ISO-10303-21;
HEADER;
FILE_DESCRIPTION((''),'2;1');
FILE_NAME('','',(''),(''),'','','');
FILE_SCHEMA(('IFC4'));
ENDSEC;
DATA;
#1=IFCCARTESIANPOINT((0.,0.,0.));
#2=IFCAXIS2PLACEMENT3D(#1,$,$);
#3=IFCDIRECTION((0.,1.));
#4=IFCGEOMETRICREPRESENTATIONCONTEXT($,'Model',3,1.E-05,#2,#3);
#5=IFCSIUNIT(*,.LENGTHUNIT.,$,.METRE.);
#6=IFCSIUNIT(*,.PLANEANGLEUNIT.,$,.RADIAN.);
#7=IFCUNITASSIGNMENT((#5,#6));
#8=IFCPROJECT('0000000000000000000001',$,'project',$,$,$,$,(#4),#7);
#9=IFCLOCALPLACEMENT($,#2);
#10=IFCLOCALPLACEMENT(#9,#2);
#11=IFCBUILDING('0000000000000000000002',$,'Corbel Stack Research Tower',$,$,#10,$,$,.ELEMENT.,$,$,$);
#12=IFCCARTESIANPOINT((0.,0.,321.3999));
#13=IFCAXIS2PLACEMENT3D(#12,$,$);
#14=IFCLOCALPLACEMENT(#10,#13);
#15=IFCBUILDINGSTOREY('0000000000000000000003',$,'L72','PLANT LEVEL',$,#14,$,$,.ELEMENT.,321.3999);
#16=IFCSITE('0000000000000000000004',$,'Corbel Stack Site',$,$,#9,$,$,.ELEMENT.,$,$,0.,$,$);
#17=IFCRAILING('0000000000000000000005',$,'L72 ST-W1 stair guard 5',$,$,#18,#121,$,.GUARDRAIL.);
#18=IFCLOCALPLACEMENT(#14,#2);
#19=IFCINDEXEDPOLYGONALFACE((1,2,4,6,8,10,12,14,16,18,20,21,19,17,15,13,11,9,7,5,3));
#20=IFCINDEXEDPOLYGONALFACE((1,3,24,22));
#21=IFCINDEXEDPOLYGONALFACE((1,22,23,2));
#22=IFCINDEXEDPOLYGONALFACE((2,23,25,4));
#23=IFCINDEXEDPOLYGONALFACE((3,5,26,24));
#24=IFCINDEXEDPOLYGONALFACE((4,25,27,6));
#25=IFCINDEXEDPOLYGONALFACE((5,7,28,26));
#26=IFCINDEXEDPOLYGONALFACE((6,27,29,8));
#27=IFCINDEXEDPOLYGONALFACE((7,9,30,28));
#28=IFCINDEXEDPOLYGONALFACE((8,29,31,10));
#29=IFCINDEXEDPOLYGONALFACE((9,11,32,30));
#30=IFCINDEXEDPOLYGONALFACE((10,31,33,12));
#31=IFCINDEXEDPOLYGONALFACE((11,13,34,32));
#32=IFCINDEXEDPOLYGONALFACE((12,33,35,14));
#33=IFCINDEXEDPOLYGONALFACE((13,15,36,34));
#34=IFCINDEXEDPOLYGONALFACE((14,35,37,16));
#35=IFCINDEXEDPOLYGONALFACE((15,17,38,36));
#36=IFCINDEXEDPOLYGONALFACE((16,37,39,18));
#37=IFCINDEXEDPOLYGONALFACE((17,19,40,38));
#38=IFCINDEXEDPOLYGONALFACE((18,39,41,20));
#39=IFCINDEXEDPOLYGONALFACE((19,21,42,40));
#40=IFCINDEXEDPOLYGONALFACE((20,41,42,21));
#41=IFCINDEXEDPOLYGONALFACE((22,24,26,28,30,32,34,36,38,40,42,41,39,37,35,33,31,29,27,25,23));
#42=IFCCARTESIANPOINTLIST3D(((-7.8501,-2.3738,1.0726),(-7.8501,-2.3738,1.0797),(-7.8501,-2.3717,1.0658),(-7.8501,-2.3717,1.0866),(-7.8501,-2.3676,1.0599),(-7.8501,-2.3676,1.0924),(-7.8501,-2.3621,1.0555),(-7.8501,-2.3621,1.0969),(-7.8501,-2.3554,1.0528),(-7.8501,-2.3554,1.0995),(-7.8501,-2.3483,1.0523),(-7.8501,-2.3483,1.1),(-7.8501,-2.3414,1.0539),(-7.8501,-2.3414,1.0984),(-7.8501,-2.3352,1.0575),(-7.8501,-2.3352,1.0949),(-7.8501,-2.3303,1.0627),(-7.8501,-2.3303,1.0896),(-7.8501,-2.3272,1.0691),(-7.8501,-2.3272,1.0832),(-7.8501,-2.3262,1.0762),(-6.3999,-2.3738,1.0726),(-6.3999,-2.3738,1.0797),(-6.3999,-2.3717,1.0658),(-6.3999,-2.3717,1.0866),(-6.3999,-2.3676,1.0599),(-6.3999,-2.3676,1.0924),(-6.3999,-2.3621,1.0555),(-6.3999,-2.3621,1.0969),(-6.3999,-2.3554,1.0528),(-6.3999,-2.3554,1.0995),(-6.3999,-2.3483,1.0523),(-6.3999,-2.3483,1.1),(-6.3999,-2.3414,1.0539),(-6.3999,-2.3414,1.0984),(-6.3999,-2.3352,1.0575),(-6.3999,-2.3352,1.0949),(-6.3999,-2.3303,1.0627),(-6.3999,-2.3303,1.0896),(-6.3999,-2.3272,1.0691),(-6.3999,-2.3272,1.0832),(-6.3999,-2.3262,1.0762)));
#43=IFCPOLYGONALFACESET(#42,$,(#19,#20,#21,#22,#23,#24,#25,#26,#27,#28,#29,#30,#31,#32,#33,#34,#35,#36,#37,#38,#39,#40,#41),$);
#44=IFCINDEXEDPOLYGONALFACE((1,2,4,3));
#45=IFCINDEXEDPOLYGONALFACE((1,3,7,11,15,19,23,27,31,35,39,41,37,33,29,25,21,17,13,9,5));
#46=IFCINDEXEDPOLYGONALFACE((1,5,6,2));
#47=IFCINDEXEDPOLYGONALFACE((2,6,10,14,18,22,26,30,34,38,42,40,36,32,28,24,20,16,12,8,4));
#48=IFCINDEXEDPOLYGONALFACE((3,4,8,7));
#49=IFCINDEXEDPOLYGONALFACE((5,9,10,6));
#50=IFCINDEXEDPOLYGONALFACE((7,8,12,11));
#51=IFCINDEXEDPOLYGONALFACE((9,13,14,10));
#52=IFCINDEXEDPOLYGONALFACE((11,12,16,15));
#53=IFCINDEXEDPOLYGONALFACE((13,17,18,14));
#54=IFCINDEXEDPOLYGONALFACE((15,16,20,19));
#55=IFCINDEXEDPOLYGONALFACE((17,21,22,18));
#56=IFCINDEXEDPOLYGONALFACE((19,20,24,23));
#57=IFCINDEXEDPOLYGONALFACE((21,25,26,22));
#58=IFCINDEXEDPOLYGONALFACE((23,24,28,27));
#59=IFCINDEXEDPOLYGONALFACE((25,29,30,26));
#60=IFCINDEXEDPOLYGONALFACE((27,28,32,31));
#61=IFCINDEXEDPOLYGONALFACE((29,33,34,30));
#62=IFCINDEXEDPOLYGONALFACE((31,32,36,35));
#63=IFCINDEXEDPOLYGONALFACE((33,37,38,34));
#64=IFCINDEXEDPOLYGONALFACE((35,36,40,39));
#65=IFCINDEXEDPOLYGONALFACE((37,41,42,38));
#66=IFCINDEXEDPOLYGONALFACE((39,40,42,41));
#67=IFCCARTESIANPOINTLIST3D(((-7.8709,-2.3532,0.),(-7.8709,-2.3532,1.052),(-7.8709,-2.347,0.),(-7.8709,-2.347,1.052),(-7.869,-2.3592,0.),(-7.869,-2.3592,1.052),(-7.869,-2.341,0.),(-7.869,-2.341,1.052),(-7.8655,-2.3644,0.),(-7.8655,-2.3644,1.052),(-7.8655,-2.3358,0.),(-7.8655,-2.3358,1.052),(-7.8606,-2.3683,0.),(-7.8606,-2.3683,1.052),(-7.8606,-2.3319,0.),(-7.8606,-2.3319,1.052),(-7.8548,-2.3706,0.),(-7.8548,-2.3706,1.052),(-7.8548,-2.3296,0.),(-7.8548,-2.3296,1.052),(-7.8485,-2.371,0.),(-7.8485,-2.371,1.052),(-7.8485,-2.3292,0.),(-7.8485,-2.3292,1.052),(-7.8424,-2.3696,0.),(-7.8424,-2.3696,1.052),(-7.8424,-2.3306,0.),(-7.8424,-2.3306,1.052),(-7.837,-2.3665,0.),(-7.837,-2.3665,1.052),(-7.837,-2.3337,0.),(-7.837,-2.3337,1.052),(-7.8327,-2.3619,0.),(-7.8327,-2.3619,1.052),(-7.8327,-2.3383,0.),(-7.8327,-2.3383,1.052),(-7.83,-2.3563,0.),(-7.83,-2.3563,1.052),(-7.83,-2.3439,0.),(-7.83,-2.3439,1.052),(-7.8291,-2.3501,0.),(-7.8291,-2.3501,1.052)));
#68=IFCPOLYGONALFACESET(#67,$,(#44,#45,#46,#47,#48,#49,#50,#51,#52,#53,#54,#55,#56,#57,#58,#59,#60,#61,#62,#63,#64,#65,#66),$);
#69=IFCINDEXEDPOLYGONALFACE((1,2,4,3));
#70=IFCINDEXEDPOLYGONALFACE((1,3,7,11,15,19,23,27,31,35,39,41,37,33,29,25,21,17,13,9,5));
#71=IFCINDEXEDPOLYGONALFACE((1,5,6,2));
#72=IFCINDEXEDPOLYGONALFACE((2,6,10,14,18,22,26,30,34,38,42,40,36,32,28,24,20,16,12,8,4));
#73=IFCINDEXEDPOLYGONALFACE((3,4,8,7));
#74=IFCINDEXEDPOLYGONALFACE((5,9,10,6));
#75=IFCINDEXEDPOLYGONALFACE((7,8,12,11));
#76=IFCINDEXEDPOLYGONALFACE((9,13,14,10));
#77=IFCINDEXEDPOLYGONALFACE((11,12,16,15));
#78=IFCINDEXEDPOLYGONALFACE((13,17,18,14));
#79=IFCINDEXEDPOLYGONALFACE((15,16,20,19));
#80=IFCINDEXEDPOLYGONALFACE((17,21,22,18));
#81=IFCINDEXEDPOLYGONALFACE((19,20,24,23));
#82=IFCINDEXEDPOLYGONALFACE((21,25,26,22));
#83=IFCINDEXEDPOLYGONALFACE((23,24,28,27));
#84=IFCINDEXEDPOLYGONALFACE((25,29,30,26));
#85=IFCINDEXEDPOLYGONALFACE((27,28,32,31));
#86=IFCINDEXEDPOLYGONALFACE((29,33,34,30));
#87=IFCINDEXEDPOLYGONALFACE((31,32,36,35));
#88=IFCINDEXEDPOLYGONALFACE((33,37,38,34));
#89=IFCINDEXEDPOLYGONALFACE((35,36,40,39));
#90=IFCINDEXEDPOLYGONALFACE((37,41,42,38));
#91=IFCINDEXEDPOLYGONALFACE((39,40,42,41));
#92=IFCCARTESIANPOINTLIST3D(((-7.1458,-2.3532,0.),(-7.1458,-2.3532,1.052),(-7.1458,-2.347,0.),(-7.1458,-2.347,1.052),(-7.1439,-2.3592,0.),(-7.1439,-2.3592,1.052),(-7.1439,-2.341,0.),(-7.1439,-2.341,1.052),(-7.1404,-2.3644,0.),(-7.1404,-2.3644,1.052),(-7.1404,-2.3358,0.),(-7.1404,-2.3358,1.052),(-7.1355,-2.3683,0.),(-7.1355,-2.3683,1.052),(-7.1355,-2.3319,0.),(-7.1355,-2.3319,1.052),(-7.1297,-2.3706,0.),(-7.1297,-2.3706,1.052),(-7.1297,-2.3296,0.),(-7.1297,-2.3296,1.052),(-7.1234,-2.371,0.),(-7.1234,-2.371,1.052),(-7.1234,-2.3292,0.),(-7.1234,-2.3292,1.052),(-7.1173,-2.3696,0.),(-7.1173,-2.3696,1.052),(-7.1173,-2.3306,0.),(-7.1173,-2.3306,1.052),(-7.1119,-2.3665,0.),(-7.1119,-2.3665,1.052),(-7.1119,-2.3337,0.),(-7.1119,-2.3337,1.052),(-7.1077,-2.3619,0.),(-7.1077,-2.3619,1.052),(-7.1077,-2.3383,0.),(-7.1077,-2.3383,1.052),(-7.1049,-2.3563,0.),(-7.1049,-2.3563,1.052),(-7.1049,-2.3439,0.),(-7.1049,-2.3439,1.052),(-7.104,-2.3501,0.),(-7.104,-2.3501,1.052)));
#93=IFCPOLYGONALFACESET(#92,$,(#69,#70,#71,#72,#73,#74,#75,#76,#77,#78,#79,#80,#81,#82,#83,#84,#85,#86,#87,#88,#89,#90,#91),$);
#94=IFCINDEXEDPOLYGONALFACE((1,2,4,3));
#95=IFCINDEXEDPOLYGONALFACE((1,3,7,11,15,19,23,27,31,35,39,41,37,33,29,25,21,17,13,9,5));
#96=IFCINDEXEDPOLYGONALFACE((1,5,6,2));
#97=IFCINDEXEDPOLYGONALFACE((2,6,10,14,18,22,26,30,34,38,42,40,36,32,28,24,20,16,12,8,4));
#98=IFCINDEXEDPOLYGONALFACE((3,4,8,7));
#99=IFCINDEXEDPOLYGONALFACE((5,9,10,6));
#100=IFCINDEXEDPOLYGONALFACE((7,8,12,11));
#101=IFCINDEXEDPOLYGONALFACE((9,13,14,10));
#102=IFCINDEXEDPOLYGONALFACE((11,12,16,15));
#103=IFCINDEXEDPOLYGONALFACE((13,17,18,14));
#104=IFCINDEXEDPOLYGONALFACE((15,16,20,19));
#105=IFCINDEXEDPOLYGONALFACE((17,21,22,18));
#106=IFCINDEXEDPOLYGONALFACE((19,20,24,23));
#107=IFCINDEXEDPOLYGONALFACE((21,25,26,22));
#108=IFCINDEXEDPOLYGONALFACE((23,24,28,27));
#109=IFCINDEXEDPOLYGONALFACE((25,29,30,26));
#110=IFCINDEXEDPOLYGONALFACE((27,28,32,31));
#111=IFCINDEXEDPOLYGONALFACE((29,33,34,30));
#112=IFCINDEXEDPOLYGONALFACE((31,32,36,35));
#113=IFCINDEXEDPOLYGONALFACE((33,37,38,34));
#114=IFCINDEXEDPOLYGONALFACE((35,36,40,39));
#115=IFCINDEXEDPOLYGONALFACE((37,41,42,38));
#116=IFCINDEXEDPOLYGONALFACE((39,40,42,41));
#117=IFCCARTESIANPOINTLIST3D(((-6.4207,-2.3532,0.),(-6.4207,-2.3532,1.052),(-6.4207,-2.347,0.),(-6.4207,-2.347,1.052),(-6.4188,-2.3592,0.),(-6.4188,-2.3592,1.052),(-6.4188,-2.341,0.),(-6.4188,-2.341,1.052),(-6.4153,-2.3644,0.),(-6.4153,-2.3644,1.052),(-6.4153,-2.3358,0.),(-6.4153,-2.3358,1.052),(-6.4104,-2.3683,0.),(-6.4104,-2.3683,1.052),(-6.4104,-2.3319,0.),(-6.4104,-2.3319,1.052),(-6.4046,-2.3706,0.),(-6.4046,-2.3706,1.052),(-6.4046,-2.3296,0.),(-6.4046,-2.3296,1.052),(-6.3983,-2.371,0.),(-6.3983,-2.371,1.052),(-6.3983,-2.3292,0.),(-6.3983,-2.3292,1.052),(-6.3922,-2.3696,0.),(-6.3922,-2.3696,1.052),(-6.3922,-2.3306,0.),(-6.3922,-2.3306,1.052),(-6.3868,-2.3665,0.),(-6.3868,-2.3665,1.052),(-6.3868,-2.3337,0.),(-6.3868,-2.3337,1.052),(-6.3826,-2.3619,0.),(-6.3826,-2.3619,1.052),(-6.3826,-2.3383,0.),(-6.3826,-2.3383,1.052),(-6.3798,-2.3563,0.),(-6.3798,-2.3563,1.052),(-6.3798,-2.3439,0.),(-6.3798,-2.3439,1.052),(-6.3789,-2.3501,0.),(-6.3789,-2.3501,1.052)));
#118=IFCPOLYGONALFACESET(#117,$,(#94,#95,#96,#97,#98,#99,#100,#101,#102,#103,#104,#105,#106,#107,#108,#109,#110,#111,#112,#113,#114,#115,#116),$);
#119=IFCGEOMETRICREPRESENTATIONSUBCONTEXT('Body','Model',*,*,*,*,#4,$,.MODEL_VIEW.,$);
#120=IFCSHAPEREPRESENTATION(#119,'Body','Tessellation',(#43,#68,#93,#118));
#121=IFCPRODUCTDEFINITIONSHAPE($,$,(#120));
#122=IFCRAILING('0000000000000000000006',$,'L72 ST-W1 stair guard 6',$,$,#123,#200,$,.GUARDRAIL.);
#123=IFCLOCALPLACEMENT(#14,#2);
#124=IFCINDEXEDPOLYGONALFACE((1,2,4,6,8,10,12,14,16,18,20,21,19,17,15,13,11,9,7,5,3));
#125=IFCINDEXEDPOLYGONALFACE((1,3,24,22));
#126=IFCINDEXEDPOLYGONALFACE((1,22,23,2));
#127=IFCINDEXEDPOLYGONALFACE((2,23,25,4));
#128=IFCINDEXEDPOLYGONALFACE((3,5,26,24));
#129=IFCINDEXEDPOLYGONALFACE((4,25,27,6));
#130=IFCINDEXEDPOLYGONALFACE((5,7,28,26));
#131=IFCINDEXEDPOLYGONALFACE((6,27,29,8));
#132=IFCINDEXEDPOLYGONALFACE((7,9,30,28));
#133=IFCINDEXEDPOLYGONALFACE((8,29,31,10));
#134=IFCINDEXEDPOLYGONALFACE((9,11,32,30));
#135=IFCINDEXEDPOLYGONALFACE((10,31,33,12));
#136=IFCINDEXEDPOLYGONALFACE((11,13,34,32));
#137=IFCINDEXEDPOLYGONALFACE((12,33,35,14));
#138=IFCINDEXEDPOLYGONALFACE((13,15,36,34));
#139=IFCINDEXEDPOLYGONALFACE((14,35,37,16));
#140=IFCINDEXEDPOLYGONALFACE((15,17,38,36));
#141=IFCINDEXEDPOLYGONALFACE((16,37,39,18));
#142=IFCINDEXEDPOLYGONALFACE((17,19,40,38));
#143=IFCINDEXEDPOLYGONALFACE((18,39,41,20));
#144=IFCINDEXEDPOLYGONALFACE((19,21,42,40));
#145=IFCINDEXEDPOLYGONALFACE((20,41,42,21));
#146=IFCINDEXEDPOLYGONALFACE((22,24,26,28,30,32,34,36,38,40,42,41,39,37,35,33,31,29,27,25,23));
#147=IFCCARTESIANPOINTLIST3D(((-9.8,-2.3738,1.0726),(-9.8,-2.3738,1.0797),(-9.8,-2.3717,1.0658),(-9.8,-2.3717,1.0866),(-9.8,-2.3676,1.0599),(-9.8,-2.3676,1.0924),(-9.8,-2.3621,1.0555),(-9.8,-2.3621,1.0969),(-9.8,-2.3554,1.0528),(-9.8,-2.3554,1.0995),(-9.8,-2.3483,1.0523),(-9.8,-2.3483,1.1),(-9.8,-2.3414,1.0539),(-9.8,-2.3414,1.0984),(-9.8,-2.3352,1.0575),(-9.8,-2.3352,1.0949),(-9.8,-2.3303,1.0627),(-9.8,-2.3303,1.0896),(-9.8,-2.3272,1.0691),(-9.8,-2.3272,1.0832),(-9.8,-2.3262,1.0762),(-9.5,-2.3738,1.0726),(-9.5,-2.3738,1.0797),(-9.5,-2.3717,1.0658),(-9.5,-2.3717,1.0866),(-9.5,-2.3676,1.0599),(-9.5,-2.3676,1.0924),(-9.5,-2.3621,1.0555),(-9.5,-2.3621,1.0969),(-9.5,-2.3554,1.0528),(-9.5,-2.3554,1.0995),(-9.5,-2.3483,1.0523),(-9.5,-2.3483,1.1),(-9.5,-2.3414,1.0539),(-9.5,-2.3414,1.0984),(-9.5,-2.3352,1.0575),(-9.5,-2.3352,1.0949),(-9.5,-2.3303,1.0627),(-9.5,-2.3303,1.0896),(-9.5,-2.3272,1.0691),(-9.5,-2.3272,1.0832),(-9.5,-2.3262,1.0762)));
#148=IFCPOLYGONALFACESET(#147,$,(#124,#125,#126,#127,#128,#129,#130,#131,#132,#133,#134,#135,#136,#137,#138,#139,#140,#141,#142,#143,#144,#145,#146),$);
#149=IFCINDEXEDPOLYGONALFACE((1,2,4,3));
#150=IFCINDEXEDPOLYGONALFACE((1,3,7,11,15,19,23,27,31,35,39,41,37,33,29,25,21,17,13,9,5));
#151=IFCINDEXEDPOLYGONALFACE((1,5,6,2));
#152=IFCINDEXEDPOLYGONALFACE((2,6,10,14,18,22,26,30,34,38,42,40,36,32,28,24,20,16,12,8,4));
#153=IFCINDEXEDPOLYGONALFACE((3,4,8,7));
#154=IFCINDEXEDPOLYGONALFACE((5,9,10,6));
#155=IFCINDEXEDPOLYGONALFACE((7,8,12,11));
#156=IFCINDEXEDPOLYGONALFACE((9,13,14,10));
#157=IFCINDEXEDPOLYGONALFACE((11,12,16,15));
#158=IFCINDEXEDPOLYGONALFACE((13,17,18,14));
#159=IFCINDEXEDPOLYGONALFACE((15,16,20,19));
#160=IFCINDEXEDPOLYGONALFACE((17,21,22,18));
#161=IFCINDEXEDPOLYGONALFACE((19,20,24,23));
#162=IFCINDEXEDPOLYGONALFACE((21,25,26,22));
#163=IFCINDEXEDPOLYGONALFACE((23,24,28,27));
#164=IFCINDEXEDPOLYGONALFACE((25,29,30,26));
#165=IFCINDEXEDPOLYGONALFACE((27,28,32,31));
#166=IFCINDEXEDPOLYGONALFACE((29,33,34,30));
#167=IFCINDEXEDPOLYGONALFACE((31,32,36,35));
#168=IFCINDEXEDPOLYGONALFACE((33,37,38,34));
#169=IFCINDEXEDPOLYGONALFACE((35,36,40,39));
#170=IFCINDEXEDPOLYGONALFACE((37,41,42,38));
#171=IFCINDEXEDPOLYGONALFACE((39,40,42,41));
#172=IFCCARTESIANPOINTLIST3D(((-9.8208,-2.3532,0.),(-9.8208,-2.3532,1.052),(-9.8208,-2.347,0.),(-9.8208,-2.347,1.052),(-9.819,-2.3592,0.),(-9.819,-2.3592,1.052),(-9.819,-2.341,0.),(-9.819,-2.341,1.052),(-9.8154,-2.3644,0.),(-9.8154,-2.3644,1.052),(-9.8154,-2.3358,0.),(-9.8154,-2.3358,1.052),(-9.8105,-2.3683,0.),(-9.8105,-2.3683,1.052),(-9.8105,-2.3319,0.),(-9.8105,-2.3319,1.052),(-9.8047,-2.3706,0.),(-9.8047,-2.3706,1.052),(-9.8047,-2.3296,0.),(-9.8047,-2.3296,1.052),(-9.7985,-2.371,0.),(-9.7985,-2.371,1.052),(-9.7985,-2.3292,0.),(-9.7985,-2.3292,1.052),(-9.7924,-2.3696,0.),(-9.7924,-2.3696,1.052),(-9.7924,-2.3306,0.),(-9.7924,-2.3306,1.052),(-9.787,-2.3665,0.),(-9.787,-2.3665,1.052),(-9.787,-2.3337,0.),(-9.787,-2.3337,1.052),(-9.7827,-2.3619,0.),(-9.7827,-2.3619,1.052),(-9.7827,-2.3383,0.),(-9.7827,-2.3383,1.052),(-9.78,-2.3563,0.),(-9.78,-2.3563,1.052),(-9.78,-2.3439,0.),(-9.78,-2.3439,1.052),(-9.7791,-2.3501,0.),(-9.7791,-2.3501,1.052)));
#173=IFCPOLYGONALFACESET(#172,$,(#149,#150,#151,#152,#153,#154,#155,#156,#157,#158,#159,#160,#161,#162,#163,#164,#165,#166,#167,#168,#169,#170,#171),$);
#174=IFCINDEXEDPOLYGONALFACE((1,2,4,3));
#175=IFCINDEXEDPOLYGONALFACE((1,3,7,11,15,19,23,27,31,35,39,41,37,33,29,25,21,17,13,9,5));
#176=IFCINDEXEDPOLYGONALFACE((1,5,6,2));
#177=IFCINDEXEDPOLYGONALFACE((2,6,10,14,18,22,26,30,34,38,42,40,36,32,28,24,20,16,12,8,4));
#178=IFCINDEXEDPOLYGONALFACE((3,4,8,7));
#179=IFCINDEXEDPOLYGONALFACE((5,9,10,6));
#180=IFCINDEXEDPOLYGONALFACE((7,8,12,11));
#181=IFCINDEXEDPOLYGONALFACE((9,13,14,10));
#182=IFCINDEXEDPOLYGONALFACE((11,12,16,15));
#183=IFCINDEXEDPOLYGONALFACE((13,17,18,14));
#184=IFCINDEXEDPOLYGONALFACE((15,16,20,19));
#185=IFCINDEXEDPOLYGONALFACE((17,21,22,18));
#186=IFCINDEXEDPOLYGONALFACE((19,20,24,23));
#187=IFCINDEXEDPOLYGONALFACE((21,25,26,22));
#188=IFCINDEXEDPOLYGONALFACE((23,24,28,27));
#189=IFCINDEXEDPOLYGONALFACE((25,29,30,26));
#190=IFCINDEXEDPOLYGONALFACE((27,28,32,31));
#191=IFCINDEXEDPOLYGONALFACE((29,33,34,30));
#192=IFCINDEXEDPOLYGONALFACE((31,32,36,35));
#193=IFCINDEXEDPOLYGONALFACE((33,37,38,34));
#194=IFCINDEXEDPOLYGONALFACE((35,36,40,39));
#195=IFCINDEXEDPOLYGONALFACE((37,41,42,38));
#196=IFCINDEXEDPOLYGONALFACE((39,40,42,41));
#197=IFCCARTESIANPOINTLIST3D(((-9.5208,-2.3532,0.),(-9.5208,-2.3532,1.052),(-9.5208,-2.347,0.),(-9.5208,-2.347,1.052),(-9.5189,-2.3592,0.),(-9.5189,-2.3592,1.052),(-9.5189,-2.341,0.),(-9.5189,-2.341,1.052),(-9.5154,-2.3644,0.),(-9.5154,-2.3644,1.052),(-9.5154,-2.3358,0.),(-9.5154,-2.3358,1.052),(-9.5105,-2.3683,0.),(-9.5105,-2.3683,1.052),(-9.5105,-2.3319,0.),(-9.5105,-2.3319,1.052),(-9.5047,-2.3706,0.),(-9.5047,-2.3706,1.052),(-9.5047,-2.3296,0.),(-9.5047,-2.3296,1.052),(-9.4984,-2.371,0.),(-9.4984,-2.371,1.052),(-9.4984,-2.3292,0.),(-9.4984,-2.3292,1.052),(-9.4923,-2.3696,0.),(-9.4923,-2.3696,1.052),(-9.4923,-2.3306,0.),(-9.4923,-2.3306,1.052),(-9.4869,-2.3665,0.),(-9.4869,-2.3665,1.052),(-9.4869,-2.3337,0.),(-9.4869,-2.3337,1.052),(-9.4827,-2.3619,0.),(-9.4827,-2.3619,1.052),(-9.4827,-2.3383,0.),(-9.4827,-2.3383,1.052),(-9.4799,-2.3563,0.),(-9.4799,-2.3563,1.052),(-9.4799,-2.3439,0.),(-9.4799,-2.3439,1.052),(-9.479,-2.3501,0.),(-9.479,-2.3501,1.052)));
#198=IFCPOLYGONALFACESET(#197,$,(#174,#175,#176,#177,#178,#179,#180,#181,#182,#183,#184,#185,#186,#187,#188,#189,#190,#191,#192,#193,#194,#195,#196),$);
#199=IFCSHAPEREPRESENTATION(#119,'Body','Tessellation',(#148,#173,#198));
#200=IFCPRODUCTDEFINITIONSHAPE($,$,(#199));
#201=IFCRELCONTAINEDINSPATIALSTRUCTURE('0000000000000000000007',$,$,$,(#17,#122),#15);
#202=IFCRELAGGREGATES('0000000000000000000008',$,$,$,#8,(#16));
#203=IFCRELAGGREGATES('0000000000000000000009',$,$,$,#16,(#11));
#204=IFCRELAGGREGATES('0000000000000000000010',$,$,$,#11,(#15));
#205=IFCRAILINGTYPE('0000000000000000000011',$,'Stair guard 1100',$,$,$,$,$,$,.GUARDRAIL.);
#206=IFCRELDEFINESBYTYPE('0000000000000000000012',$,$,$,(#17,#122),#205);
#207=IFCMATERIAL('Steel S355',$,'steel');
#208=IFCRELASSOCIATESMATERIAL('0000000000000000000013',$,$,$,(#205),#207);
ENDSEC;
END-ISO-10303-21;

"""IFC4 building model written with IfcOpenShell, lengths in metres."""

from ifc_helpers import new_model, si_unit, direction, frame, origin, origin_2d, place, context, subcontext, project, spatial, circle, extrude, material, type_object, element, save


model = new_model("IFC4")

# Units and contexts
model_context = context("Model", 3, precision=1e-05, world=origin(), true_north=direction((0.0, 1.0)))
body_context = subcontext(model_context, "Body", "Model", "MODEL_VIEW")
ifc_project = project(units=[si_unit("LENGTHUNIT", "METRE"), si_unit("PLANEANGLEUNIT", "RADIAN")], contexts=[model_context])

# Site, building, storey
site_placement = place(None, origin())
site = spatial("IfcSite", under=ifc_project, at=site_placement, Name="Corbel Stack Site", CompositionType="ELEMENT", RefElevation=0.0)
building_placement = place(site_placement, origin())
building = spatial("IfcBuilding", under=site, at=building_placement, Name="Corbel Stack Research Tower", CompositionType="ELEMENT")
storey_placement = place(building_placement, frame((0.0, 0.0, 321.3999)))
storey = spatial("IfcBuildingStorey", under=building, at=storey_placement, Name="L72", Description="PLANT LEVEL", CompositionType="ELEMENT", Elevation=321.3999)

# Railings
ifc_material_1 = material(Name="Steel S355", Category="steel")
railing_type_1 = type_object("IfcRailingType", Name="Stair guard 1100", PredefinedType="GUARDRAIL", material=ifc_material_1)
railing_1_placement = place(storey_placement, frame((-7.8501, -2.3501, 0.0)))
element("IfcRailing", 1, at=railing_1_placement, inside=storey, type_object=railing_type_1, Name="L72 ST-W1 stair guard 5", PredefinedType="GUARDRAIL", context=body_context, shape_type="SweptSolid", body=[
    extrude(circle(Radius=0.0239, at=origin_2d()), frame((0.0, 0.0, 1.0762), z_axis=(1.0, 0.0, 0.0), x_axis=(0.0, 1.0, 0.0)), (0.0, 0.0, 1.0), 1.4502),
    extrude(circle(Radius=0.021, at=origin_2d()), origin(), (0.0, 0.0, 1.0), 1.052),
    extrude(circle(Radius=0.021, at=origin_2d()), frame((0.7251, 0.0, 0.0)), (0.0, 0.0, 1.0), 1.052),
    extrude(circle(Radius=0.021, at=origin_2d()), frame((1.4502, 0.0, 0.0)), (0.0, 0.0, 1.0), 1.052),
])
railing_2_placement = place(storey_placement, frame((-9.8, -2.3501, 0.0)))
element("IfcRailing", 2, at=railing_2_placement, inside=storey, type_object=railing_type_1, Name="L72 ST-W1 stair guard 6", PredefinedType="GUARDRAIL", context=body_context, shape_type="SweptSolid", body=[
    extrude(circle(Radius=0.0239, at=origin_2d()), frame((0.0, 0.0, 1.0762), z_axis=(1.0, 0.0, 0.0), x_axis=(0.0, 1.0, 0.0)), (0.0, 0.0, 1.0), 0.3),
    extrude(circle(Radius=0.021, at=origin_2d()), origin(), (0.0, 0.0, 1.0), 1.052),
    extrude(circle(Radius=0.021, at=origin_2d()), frame((0.3, 0.0, 0.0)), (0.0, 0.0, 1.0), 1.052),
])

save(model, "model.ifc")
